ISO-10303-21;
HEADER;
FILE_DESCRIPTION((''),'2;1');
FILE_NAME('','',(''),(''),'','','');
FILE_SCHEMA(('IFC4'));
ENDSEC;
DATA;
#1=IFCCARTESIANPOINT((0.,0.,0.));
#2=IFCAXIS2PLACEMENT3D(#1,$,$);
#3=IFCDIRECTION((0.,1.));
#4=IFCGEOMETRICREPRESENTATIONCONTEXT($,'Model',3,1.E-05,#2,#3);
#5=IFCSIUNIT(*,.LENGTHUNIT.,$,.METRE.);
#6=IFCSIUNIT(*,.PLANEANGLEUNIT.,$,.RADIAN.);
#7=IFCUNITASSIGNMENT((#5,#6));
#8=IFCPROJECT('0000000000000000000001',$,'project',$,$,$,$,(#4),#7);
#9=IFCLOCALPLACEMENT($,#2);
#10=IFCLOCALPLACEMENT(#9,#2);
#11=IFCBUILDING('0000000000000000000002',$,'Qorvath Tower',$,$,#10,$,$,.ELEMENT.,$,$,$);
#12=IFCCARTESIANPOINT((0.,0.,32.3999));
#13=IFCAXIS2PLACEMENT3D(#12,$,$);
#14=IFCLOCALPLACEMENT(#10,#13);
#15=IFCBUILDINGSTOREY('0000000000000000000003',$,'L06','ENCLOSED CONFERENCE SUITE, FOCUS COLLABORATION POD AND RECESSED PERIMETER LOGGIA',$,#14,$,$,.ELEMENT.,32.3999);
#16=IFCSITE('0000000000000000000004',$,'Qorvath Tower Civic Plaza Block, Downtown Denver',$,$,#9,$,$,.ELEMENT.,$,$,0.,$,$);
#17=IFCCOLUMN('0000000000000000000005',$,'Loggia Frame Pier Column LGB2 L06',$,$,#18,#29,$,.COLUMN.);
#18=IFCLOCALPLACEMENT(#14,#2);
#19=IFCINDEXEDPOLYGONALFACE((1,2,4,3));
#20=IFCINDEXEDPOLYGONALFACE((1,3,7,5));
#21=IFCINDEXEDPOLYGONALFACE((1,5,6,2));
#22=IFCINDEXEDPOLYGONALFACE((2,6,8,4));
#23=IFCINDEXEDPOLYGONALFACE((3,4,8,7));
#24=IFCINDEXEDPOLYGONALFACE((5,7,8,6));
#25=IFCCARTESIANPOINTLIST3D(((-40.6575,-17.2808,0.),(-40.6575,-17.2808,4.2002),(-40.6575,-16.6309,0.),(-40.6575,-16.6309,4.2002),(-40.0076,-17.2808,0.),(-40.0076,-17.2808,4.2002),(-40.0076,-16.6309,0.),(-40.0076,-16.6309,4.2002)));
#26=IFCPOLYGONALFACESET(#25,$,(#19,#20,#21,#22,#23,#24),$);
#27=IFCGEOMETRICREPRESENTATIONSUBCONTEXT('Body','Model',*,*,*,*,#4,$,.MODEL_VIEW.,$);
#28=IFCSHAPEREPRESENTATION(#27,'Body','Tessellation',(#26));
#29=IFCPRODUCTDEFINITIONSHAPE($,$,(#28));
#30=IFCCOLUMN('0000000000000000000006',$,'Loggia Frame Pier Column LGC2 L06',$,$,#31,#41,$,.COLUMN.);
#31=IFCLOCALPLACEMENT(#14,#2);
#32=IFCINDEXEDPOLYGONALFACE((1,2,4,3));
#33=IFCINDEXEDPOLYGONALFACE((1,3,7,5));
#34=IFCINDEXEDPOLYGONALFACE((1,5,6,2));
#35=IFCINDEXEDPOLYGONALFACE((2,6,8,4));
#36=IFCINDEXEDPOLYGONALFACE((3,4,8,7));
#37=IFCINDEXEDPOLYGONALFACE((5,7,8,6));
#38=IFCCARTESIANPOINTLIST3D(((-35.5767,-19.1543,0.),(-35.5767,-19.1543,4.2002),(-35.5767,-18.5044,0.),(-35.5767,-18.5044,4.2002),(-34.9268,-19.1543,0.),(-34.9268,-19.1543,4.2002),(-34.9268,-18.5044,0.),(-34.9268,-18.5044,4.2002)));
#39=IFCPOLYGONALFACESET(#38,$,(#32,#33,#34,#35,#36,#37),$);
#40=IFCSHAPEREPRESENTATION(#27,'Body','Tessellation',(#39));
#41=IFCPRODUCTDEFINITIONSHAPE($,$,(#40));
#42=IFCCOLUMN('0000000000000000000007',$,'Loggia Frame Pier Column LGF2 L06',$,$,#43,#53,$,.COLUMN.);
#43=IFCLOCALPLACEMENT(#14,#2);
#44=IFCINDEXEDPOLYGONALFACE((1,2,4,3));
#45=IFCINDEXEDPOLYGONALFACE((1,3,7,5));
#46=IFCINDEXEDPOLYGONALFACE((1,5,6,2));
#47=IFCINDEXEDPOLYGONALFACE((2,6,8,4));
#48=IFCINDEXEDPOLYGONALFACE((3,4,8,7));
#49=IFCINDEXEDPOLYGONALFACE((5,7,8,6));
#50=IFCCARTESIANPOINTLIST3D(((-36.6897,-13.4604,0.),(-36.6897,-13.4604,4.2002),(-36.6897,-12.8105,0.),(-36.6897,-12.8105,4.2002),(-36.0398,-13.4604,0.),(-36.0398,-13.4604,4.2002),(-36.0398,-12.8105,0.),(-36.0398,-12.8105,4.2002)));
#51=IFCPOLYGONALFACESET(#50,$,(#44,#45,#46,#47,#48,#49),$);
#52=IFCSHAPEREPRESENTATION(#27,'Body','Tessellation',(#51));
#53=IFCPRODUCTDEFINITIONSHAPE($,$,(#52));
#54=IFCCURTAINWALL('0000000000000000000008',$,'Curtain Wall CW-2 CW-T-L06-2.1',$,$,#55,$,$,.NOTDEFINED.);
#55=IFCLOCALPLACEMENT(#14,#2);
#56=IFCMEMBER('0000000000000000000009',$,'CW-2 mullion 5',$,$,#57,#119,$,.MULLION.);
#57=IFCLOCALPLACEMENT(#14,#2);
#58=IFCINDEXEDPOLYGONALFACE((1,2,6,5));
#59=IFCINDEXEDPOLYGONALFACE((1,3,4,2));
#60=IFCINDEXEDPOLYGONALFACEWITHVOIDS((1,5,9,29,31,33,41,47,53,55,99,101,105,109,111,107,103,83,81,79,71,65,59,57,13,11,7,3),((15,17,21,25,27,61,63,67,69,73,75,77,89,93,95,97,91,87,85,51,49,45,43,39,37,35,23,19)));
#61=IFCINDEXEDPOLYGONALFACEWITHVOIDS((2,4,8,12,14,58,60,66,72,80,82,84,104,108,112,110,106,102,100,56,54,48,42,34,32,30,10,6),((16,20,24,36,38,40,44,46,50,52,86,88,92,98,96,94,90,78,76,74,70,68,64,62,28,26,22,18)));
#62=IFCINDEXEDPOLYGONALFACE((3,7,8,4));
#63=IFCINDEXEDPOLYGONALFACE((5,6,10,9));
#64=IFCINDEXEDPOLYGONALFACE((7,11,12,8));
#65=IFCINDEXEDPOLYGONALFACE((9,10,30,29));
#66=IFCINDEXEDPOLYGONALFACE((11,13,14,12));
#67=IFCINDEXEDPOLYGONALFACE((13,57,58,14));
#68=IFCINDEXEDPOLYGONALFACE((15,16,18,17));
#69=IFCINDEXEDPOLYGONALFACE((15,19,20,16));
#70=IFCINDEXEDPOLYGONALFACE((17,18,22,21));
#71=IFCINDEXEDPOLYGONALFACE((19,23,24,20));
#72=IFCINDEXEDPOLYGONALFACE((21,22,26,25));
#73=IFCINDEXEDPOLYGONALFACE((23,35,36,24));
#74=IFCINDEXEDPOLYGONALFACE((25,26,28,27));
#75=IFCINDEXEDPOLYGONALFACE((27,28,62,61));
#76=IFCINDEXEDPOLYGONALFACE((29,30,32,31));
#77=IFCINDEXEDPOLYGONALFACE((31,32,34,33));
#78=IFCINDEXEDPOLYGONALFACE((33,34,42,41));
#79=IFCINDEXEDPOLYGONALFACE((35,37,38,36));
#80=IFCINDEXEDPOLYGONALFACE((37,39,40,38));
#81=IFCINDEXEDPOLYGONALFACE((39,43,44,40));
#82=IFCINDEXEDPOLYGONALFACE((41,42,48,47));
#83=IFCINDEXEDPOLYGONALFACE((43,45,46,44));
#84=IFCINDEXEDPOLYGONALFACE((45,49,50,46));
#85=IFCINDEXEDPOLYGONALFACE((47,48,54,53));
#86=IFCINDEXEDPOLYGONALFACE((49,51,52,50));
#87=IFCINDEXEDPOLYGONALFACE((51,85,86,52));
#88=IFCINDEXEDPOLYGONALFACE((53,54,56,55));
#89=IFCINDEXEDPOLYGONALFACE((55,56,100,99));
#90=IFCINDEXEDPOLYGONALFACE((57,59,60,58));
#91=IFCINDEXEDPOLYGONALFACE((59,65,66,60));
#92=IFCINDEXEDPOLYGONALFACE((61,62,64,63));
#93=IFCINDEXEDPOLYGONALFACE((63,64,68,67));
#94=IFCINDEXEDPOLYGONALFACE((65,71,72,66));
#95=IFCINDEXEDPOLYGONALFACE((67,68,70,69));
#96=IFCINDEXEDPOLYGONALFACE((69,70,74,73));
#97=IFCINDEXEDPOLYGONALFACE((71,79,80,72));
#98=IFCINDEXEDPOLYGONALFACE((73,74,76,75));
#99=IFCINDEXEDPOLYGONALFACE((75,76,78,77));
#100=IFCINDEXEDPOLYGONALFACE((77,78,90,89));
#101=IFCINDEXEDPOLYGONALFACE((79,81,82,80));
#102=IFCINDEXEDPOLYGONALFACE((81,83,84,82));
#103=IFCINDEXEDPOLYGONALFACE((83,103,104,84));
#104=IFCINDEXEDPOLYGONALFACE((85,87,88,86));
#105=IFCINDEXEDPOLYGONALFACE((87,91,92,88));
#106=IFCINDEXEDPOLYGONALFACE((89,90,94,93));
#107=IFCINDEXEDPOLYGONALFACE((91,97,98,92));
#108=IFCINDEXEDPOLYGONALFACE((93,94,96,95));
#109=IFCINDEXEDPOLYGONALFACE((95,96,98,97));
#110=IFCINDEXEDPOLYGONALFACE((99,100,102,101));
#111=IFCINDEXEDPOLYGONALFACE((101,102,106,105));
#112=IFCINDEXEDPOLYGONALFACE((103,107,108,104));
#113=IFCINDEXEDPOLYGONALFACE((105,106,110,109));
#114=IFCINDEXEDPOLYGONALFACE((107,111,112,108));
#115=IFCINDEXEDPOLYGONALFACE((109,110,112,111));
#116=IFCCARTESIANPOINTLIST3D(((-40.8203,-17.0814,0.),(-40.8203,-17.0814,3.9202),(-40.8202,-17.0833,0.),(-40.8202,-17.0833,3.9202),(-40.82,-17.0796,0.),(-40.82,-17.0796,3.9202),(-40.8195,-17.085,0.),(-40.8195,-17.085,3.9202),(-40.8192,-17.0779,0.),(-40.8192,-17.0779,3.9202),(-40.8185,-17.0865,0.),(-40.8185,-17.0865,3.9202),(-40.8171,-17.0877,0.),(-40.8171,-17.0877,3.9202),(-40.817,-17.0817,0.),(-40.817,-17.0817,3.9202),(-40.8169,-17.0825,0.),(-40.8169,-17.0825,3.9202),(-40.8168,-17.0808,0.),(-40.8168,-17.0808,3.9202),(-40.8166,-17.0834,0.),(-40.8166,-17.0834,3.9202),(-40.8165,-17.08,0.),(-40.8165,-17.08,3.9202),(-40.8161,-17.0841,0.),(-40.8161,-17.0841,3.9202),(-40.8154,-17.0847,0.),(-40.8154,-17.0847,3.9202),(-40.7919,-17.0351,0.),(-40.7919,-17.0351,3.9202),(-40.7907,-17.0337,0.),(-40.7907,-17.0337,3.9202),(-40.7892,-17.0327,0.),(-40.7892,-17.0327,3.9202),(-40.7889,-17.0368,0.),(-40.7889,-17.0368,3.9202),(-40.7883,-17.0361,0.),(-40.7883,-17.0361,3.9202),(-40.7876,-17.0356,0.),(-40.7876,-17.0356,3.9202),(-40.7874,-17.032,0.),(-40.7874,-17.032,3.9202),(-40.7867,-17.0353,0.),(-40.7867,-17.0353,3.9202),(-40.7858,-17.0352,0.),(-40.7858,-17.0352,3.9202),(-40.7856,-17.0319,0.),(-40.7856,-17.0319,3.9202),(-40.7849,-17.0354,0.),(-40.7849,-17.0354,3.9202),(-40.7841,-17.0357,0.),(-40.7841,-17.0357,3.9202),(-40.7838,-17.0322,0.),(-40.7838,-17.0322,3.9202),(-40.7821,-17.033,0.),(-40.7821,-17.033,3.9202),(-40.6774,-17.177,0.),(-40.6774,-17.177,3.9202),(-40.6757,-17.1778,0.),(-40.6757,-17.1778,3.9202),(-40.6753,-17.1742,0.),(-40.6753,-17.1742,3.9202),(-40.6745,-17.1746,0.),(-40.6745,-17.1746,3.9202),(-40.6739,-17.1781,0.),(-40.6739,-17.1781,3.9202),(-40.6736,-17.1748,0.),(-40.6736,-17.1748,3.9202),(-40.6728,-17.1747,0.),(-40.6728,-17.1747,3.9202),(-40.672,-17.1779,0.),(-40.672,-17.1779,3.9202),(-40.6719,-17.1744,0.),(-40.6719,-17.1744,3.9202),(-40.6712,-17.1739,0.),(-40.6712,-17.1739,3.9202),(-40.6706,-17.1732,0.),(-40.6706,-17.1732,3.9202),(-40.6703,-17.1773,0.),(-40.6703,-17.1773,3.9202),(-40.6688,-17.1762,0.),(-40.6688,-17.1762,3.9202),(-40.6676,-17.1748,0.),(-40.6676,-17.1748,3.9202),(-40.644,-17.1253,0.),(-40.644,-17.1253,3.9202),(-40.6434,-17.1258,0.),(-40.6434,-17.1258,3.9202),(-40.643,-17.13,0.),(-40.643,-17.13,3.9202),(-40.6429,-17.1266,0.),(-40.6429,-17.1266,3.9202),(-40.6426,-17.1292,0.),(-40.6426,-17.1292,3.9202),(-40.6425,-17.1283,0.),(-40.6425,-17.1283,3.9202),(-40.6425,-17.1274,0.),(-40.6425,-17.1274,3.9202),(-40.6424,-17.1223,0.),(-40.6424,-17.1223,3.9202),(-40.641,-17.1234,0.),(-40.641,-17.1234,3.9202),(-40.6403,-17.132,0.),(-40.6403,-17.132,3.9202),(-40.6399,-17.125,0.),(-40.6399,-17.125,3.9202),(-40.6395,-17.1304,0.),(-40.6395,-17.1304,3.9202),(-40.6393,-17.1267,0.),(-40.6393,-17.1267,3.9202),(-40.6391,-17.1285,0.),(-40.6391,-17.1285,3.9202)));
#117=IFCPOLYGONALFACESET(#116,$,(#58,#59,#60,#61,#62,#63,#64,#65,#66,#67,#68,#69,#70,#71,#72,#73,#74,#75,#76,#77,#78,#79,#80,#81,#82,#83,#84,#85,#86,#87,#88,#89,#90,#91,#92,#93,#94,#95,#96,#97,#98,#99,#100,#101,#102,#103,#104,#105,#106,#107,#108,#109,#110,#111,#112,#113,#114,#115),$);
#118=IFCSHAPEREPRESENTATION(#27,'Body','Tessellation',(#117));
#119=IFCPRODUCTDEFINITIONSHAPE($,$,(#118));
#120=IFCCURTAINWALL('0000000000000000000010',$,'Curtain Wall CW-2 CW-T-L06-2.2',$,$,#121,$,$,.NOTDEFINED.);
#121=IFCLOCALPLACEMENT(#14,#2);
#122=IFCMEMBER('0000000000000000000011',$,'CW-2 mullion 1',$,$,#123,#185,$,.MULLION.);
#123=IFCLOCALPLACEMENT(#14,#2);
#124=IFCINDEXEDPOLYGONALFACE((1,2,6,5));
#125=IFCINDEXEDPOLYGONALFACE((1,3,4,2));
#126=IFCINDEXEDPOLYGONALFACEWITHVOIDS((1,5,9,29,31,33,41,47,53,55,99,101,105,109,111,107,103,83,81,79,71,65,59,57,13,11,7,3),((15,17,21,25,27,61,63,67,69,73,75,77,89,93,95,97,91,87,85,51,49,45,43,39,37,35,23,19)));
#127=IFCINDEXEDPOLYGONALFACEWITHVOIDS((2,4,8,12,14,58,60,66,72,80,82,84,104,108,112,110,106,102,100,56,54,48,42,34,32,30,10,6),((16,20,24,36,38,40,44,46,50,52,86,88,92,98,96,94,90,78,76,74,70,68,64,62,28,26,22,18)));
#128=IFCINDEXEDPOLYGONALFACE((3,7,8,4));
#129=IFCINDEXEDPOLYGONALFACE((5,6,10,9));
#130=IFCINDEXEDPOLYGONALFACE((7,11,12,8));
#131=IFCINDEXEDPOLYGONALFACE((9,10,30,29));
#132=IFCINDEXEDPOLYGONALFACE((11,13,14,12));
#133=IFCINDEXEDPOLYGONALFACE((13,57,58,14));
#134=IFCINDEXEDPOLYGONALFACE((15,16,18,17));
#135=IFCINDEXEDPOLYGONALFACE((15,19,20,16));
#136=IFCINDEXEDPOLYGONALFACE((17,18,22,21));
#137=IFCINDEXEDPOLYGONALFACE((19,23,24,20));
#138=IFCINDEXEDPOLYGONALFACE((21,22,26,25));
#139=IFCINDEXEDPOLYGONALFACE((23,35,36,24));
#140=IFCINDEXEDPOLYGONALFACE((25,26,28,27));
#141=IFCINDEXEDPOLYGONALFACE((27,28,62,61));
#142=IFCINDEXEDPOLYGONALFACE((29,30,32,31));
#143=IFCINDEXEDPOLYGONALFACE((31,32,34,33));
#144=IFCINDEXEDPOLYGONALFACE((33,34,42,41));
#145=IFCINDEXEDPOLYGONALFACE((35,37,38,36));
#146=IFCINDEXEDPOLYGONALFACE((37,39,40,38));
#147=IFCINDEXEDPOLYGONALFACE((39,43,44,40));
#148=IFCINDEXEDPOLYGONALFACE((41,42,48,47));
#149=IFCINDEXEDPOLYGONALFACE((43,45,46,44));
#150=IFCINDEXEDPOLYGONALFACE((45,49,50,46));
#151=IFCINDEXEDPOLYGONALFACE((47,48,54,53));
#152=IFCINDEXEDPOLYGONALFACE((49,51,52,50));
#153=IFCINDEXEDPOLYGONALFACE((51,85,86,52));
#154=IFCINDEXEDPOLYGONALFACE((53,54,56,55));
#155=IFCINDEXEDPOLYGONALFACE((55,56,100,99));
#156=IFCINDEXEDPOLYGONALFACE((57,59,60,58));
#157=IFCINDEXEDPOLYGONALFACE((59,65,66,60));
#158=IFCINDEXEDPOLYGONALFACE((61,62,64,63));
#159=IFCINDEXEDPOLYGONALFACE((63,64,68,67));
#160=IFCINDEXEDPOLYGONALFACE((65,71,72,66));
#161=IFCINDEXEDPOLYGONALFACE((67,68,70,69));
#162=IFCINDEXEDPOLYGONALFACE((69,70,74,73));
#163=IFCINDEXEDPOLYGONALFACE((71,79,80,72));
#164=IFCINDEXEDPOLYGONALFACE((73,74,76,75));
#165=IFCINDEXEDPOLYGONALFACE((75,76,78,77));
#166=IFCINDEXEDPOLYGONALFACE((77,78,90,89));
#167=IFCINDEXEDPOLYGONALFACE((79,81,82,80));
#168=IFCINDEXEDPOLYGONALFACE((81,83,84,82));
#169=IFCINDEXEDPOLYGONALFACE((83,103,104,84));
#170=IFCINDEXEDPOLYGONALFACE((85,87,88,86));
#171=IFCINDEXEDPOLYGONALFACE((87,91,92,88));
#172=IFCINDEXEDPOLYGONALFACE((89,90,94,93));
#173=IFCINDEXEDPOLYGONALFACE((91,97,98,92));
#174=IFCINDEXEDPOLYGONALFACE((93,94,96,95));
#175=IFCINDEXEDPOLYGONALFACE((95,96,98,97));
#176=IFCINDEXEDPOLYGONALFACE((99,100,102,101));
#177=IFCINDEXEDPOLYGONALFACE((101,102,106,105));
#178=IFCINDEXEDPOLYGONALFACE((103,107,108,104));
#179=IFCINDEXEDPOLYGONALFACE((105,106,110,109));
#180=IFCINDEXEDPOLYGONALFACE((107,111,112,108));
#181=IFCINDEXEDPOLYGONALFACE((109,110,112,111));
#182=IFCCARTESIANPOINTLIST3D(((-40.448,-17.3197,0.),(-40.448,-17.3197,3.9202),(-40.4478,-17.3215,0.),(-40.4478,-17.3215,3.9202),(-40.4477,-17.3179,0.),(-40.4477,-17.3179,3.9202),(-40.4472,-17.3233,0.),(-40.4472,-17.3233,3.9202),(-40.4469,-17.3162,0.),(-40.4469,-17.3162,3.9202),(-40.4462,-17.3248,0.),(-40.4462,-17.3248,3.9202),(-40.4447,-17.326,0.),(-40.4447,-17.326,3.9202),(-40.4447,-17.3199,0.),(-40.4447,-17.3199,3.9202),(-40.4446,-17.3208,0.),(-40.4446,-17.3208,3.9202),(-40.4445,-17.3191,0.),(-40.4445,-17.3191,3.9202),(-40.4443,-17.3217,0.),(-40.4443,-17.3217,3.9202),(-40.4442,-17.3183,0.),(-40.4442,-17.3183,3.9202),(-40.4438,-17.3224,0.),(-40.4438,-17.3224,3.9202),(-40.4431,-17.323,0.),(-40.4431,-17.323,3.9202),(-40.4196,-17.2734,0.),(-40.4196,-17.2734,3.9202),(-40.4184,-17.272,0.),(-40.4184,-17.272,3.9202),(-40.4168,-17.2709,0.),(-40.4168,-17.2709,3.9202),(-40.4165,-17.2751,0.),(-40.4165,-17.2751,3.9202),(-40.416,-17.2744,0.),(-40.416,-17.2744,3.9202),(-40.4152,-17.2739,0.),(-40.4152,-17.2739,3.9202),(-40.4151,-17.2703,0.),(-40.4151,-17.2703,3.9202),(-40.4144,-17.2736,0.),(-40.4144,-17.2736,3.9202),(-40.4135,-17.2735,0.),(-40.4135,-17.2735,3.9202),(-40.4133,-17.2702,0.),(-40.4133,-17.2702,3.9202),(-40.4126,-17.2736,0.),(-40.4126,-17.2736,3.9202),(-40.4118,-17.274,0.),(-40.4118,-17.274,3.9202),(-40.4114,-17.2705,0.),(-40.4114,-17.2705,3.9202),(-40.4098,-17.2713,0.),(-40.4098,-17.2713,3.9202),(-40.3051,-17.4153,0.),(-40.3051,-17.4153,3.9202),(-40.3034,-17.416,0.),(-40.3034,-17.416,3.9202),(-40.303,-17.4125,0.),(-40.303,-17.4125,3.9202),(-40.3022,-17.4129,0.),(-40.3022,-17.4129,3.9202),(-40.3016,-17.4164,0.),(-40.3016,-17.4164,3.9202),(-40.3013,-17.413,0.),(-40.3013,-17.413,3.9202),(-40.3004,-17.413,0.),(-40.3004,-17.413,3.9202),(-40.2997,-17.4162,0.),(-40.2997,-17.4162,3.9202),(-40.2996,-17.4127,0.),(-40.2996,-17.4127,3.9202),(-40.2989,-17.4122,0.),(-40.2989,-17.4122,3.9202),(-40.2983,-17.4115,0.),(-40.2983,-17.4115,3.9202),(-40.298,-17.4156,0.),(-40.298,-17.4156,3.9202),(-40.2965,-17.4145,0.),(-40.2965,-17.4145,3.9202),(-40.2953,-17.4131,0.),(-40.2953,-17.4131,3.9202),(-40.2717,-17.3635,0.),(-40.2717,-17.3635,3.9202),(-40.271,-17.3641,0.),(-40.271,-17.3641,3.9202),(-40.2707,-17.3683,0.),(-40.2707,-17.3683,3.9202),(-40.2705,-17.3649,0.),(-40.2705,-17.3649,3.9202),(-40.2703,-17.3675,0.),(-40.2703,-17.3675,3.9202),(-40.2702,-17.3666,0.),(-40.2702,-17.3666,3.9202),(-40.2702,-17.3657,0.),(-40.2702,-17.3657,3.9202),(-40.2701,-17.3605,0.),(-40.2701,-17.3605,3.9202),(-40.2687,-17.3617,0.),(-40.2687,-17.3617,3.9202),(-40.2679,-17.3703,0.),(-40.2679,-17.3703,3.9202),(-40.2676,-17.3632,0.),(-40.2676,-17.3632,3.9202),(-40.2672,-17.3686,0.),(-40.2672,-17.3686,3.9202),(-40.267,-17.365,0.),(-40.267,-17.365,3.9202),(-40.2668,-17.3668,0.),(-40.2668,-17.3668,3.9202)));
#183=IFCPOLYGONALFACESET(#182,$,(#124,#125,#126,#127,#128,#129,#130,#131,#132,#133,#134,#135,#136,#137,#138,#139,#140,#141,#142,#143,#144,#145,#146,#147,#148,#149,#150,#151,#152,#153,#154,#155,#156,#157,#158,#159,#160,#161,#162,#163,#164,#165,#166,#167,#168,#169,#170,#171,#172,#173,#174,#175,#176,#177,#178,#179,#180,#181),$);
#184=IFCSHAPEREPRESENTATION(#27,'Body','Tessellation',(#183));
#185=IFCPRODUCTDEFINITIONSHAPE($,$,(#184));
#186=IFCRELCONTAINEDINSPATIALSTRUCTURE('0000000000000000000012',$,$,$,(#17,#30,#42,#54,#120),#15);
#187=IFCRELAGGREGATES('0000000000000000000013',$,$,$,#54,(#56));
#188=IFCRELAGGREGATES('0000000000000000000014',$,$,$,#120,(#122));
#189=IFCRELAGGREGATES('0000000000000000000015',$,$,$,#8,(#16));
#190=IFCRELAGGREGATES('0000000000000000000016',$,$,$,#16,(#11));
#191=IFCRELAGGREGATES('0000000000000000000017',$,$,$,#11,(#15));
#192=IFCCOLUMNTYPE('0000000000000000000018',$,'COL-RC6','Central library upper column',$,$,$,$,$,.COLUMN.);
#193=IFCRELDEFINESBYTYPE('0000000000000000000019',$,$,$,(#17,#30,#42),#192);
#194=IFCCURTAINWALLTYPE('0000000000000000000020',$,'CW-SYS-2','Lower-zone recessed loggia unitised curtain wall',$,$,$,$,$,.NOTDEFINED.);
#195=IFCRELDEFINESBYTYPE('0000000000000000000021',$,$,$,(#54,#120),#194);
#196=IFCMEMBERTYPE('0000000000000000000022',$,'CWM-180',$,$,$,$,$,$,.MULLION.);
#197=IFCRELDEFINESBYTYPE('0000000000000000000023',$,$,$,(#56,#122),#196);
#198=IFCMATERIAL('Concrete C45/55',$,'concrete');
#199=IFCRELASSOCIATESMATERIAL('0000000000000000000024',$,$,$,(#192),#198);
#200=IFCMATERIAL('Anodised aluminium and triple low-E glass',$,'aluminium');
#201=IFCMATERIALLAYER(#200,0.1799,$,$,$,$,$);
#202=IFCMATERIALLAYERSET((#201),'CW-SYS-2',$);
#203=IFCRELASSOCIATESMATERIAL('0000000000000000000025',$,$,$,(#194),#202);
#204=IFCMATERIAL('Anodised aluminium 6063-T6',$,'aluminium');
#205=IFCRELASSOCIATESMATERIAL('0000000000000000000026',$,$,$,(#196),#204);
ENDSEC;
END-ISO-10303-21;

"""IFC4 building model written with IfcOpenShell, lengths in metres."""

from ifc_helpers import new_model, si_unit, direction, frame, origin, origin_2d, place, context, subcontext, project, spatial, rectangle, hollow_rectangle, extrude, material, layer, layer_set, material_profile, profile_set, type_object, element, aggregate, save


model = new_model("IFC4")

# Units and contexts
model_context = context("Model", 3, precision=1e-05, world=origin(), true_north=direction((0.0, 1.0)))
body_context = subcontext(model_context, "Body", "Model", "MODEL_VIEW")
ifc_project = project(units=[si_unit("LENGTHUNIT", "METRE"), si_unit("PLANEANGLEUNIT", "RADIAN")], contexts=[model_context])

# Site, building, storey
site_placement = place(None, origin())
site = spatial("IfcSite", under=ifc_project, at=site_placement, Name="Qorvath Tower Civic Plaza Block, Downtown Denver", CompositionType="ELEMENT", RefElevation=0.0)
building_placement = place(site_placement, origin())
building = spatial("IfcBuilding", under=site, at=building_placement, Name="Qorvath Tower", CompositionType="ELEMENT")
storey_placement = place(building_placement, frame((0.0, 0.0, 32.3999)))
storey = spatial("IfcBuildingStorey", under=building, at=storey_placement, Name="L06", Description="ENCLOSED CONFERENCE SUITE, FOCUS COLLABORATION POD AND RECESSED PERIMETER LOGGIA", CompositionType="ELEMENT", Elevation=32.3999)

# Columns
ifc_material_1 = material(Name="Concrete C45/55", Category="concrete")
ifc_material_profile_1 = material_profile(ifc_material_1, rectangle(XDim=0.6499, YDim=0.6499, at=origin_2d()), Name="RC 650x650")
ifc_profile_set_1 = profile_set([ifc_material_profile_1], Name="Concrete C45/55")
column_type = type_object("IfcColumnType", Name="COL-RC6", Description="Central library upper column", PredefinedType="COLUMN", material=ifc_profile_set_1)
for number, where, z_axis, x_axis, name in (
    (1, (-40.3325, -16.9558, 0.0), (0.0, 0.0, 1.0), (1.0, 0.0, 0.0), "Loggia Frame Pier Column LGB2 L06"),
    (2, (-35.2517, -18.8293, 0.0), (0.0, 0.0, 1.0), (1.0, 0.0, 0.0), "Loggia Frame Pier Column LGC2 L06"),
    (3, (-36.3647, -13.1355, 0.0), (0.0, 0.0, 1.0), (1.0, 0.0, 0.0), "Loggia Frame Pier Column LGF2 L06"),
):
    element("IfcColumn", number, at=place(storey_placement, frame(where, z_axis=z_axis, x_axis=x_axis)), inside=storey, type_object=column_type, Name=name, PredefinedType="COLUMN", context=body_context, shape_type="SweptSolid", body=[
        extrude(rectangle(XDim=0.6499, YDim=0.6499, at=origin_2d()), origin(), (0.0, 0.0, 1.0), 4.2002),
    ])

# Curtain wall, member
ifc_material_2 = material(Name="Anodised aluminium and triple low-E glass", Category="aluminium")
ifc_layer_1 = layer(ifc_material_2, 0.1799)
ifc_layer_set_1 = layer_set([ifc_layer_1], Name="CW-SYS-2")
curtain_wall_type = type_object("IfcCurtainWallType", Name="CW-SYS-2", Description="Lower-zone recessed loggia unitised curtain wall", PredefinedType="NOTDEFINED", material=ifc_layer_set_1)
curtain_wall_1_placement = place(storey_placement, origin())
curtain_wall_1 = element("IfcCurtainWall", 4, at=curtain_wall_1_placement, inside=storey, type_object=curtain_wall_type, Name="Curtain Wall CW-2 CW-T-L06-2.1", PredefinedType="NOTDEFINED")
ifc_material_3 = material(Name="Anodised aluminium 6063-T6", Category="aluminium")
ifc_material_profile_2 = material_profile(ifc_material_3, hollow_rectangle(XDim=0.0649, YDim=0.1799, WallThickness=0.0034, InnerFilletRadius=0.0034, OuterFilletRadius=0.0071, at=origin_2d()), Name="CWM 180x65")
ifc_profile_set_2 = profile_set([ifc_material_profile_2], Name="Anodised aluminium 6063-T6")
member_type_1 = type_object("IfcMemberType", Name="CWM-180", PredefinedType="MULLION", material=ifc_profile_set_2)
member_1_placement = place(storey_placement, frame((-40.7297, -17.105, 0.0), z_axis=(0.0, 0.0, 1.0), x_axis=(0.538529, 0.842607, 0.0)))
member_1 = element("IfcMember", 5, at=member_1_placement, type_object=member_type_1, Name="CW-2 mullion 5", PredefinedType="MULLION", context=body_context, shape_type="SweptSolid", body=[
    extrude(hollow_rectangle(XDim=0.0649, YDim=0.1799, WallThickness=0.0034, InnerFilletRadius=0.0034, OuterFilletRadius=0.0071, at=origin_2d()), origin(), (0.0, 0.0, 1.0), 3.9202),
])

# Curtain wall, member
curtain_wall_2_placement = place(storey_placement, origin())
curtain_wall_2 = element("IfcCurtainWall", 6, at=curtain_wall_2_placement, inside=storey, type_object=curtain_wall_type, Name="Curtain Wall CW-2 CW-T-L06-2.2", PredefinedType="NOTDEFINED")
member_2_placement = place(storey_placement, frame((-40.3574, -17.3433, 0.0), z_axis=(0.0, 0.0, 1.0), x_axis=(0.538533, 0.842605, 0.0)))
member_2 = element("IfcMember", 7, at=member_2_placement, type_object=member_type_1, Name="CW-2 mullion 1", PredefinedType="MULLION", context=body_context, shape_type="SweptSolid", body=[
    extrude(hollow_rectangle(XDim=0.0649, YDim=0.1799, WallThickness=0.0034, InnerFilletRadius=0.0034, OuterFilletRadius=0.0071, at=origin_2d()), origin(), (0.0, 0.0, 1.0), 3.9202),
])

aggregate(curtain_wall_1, [member_1])
aggregate(curtain_wall_2, [member_2])

save(model, "model.ifc")
